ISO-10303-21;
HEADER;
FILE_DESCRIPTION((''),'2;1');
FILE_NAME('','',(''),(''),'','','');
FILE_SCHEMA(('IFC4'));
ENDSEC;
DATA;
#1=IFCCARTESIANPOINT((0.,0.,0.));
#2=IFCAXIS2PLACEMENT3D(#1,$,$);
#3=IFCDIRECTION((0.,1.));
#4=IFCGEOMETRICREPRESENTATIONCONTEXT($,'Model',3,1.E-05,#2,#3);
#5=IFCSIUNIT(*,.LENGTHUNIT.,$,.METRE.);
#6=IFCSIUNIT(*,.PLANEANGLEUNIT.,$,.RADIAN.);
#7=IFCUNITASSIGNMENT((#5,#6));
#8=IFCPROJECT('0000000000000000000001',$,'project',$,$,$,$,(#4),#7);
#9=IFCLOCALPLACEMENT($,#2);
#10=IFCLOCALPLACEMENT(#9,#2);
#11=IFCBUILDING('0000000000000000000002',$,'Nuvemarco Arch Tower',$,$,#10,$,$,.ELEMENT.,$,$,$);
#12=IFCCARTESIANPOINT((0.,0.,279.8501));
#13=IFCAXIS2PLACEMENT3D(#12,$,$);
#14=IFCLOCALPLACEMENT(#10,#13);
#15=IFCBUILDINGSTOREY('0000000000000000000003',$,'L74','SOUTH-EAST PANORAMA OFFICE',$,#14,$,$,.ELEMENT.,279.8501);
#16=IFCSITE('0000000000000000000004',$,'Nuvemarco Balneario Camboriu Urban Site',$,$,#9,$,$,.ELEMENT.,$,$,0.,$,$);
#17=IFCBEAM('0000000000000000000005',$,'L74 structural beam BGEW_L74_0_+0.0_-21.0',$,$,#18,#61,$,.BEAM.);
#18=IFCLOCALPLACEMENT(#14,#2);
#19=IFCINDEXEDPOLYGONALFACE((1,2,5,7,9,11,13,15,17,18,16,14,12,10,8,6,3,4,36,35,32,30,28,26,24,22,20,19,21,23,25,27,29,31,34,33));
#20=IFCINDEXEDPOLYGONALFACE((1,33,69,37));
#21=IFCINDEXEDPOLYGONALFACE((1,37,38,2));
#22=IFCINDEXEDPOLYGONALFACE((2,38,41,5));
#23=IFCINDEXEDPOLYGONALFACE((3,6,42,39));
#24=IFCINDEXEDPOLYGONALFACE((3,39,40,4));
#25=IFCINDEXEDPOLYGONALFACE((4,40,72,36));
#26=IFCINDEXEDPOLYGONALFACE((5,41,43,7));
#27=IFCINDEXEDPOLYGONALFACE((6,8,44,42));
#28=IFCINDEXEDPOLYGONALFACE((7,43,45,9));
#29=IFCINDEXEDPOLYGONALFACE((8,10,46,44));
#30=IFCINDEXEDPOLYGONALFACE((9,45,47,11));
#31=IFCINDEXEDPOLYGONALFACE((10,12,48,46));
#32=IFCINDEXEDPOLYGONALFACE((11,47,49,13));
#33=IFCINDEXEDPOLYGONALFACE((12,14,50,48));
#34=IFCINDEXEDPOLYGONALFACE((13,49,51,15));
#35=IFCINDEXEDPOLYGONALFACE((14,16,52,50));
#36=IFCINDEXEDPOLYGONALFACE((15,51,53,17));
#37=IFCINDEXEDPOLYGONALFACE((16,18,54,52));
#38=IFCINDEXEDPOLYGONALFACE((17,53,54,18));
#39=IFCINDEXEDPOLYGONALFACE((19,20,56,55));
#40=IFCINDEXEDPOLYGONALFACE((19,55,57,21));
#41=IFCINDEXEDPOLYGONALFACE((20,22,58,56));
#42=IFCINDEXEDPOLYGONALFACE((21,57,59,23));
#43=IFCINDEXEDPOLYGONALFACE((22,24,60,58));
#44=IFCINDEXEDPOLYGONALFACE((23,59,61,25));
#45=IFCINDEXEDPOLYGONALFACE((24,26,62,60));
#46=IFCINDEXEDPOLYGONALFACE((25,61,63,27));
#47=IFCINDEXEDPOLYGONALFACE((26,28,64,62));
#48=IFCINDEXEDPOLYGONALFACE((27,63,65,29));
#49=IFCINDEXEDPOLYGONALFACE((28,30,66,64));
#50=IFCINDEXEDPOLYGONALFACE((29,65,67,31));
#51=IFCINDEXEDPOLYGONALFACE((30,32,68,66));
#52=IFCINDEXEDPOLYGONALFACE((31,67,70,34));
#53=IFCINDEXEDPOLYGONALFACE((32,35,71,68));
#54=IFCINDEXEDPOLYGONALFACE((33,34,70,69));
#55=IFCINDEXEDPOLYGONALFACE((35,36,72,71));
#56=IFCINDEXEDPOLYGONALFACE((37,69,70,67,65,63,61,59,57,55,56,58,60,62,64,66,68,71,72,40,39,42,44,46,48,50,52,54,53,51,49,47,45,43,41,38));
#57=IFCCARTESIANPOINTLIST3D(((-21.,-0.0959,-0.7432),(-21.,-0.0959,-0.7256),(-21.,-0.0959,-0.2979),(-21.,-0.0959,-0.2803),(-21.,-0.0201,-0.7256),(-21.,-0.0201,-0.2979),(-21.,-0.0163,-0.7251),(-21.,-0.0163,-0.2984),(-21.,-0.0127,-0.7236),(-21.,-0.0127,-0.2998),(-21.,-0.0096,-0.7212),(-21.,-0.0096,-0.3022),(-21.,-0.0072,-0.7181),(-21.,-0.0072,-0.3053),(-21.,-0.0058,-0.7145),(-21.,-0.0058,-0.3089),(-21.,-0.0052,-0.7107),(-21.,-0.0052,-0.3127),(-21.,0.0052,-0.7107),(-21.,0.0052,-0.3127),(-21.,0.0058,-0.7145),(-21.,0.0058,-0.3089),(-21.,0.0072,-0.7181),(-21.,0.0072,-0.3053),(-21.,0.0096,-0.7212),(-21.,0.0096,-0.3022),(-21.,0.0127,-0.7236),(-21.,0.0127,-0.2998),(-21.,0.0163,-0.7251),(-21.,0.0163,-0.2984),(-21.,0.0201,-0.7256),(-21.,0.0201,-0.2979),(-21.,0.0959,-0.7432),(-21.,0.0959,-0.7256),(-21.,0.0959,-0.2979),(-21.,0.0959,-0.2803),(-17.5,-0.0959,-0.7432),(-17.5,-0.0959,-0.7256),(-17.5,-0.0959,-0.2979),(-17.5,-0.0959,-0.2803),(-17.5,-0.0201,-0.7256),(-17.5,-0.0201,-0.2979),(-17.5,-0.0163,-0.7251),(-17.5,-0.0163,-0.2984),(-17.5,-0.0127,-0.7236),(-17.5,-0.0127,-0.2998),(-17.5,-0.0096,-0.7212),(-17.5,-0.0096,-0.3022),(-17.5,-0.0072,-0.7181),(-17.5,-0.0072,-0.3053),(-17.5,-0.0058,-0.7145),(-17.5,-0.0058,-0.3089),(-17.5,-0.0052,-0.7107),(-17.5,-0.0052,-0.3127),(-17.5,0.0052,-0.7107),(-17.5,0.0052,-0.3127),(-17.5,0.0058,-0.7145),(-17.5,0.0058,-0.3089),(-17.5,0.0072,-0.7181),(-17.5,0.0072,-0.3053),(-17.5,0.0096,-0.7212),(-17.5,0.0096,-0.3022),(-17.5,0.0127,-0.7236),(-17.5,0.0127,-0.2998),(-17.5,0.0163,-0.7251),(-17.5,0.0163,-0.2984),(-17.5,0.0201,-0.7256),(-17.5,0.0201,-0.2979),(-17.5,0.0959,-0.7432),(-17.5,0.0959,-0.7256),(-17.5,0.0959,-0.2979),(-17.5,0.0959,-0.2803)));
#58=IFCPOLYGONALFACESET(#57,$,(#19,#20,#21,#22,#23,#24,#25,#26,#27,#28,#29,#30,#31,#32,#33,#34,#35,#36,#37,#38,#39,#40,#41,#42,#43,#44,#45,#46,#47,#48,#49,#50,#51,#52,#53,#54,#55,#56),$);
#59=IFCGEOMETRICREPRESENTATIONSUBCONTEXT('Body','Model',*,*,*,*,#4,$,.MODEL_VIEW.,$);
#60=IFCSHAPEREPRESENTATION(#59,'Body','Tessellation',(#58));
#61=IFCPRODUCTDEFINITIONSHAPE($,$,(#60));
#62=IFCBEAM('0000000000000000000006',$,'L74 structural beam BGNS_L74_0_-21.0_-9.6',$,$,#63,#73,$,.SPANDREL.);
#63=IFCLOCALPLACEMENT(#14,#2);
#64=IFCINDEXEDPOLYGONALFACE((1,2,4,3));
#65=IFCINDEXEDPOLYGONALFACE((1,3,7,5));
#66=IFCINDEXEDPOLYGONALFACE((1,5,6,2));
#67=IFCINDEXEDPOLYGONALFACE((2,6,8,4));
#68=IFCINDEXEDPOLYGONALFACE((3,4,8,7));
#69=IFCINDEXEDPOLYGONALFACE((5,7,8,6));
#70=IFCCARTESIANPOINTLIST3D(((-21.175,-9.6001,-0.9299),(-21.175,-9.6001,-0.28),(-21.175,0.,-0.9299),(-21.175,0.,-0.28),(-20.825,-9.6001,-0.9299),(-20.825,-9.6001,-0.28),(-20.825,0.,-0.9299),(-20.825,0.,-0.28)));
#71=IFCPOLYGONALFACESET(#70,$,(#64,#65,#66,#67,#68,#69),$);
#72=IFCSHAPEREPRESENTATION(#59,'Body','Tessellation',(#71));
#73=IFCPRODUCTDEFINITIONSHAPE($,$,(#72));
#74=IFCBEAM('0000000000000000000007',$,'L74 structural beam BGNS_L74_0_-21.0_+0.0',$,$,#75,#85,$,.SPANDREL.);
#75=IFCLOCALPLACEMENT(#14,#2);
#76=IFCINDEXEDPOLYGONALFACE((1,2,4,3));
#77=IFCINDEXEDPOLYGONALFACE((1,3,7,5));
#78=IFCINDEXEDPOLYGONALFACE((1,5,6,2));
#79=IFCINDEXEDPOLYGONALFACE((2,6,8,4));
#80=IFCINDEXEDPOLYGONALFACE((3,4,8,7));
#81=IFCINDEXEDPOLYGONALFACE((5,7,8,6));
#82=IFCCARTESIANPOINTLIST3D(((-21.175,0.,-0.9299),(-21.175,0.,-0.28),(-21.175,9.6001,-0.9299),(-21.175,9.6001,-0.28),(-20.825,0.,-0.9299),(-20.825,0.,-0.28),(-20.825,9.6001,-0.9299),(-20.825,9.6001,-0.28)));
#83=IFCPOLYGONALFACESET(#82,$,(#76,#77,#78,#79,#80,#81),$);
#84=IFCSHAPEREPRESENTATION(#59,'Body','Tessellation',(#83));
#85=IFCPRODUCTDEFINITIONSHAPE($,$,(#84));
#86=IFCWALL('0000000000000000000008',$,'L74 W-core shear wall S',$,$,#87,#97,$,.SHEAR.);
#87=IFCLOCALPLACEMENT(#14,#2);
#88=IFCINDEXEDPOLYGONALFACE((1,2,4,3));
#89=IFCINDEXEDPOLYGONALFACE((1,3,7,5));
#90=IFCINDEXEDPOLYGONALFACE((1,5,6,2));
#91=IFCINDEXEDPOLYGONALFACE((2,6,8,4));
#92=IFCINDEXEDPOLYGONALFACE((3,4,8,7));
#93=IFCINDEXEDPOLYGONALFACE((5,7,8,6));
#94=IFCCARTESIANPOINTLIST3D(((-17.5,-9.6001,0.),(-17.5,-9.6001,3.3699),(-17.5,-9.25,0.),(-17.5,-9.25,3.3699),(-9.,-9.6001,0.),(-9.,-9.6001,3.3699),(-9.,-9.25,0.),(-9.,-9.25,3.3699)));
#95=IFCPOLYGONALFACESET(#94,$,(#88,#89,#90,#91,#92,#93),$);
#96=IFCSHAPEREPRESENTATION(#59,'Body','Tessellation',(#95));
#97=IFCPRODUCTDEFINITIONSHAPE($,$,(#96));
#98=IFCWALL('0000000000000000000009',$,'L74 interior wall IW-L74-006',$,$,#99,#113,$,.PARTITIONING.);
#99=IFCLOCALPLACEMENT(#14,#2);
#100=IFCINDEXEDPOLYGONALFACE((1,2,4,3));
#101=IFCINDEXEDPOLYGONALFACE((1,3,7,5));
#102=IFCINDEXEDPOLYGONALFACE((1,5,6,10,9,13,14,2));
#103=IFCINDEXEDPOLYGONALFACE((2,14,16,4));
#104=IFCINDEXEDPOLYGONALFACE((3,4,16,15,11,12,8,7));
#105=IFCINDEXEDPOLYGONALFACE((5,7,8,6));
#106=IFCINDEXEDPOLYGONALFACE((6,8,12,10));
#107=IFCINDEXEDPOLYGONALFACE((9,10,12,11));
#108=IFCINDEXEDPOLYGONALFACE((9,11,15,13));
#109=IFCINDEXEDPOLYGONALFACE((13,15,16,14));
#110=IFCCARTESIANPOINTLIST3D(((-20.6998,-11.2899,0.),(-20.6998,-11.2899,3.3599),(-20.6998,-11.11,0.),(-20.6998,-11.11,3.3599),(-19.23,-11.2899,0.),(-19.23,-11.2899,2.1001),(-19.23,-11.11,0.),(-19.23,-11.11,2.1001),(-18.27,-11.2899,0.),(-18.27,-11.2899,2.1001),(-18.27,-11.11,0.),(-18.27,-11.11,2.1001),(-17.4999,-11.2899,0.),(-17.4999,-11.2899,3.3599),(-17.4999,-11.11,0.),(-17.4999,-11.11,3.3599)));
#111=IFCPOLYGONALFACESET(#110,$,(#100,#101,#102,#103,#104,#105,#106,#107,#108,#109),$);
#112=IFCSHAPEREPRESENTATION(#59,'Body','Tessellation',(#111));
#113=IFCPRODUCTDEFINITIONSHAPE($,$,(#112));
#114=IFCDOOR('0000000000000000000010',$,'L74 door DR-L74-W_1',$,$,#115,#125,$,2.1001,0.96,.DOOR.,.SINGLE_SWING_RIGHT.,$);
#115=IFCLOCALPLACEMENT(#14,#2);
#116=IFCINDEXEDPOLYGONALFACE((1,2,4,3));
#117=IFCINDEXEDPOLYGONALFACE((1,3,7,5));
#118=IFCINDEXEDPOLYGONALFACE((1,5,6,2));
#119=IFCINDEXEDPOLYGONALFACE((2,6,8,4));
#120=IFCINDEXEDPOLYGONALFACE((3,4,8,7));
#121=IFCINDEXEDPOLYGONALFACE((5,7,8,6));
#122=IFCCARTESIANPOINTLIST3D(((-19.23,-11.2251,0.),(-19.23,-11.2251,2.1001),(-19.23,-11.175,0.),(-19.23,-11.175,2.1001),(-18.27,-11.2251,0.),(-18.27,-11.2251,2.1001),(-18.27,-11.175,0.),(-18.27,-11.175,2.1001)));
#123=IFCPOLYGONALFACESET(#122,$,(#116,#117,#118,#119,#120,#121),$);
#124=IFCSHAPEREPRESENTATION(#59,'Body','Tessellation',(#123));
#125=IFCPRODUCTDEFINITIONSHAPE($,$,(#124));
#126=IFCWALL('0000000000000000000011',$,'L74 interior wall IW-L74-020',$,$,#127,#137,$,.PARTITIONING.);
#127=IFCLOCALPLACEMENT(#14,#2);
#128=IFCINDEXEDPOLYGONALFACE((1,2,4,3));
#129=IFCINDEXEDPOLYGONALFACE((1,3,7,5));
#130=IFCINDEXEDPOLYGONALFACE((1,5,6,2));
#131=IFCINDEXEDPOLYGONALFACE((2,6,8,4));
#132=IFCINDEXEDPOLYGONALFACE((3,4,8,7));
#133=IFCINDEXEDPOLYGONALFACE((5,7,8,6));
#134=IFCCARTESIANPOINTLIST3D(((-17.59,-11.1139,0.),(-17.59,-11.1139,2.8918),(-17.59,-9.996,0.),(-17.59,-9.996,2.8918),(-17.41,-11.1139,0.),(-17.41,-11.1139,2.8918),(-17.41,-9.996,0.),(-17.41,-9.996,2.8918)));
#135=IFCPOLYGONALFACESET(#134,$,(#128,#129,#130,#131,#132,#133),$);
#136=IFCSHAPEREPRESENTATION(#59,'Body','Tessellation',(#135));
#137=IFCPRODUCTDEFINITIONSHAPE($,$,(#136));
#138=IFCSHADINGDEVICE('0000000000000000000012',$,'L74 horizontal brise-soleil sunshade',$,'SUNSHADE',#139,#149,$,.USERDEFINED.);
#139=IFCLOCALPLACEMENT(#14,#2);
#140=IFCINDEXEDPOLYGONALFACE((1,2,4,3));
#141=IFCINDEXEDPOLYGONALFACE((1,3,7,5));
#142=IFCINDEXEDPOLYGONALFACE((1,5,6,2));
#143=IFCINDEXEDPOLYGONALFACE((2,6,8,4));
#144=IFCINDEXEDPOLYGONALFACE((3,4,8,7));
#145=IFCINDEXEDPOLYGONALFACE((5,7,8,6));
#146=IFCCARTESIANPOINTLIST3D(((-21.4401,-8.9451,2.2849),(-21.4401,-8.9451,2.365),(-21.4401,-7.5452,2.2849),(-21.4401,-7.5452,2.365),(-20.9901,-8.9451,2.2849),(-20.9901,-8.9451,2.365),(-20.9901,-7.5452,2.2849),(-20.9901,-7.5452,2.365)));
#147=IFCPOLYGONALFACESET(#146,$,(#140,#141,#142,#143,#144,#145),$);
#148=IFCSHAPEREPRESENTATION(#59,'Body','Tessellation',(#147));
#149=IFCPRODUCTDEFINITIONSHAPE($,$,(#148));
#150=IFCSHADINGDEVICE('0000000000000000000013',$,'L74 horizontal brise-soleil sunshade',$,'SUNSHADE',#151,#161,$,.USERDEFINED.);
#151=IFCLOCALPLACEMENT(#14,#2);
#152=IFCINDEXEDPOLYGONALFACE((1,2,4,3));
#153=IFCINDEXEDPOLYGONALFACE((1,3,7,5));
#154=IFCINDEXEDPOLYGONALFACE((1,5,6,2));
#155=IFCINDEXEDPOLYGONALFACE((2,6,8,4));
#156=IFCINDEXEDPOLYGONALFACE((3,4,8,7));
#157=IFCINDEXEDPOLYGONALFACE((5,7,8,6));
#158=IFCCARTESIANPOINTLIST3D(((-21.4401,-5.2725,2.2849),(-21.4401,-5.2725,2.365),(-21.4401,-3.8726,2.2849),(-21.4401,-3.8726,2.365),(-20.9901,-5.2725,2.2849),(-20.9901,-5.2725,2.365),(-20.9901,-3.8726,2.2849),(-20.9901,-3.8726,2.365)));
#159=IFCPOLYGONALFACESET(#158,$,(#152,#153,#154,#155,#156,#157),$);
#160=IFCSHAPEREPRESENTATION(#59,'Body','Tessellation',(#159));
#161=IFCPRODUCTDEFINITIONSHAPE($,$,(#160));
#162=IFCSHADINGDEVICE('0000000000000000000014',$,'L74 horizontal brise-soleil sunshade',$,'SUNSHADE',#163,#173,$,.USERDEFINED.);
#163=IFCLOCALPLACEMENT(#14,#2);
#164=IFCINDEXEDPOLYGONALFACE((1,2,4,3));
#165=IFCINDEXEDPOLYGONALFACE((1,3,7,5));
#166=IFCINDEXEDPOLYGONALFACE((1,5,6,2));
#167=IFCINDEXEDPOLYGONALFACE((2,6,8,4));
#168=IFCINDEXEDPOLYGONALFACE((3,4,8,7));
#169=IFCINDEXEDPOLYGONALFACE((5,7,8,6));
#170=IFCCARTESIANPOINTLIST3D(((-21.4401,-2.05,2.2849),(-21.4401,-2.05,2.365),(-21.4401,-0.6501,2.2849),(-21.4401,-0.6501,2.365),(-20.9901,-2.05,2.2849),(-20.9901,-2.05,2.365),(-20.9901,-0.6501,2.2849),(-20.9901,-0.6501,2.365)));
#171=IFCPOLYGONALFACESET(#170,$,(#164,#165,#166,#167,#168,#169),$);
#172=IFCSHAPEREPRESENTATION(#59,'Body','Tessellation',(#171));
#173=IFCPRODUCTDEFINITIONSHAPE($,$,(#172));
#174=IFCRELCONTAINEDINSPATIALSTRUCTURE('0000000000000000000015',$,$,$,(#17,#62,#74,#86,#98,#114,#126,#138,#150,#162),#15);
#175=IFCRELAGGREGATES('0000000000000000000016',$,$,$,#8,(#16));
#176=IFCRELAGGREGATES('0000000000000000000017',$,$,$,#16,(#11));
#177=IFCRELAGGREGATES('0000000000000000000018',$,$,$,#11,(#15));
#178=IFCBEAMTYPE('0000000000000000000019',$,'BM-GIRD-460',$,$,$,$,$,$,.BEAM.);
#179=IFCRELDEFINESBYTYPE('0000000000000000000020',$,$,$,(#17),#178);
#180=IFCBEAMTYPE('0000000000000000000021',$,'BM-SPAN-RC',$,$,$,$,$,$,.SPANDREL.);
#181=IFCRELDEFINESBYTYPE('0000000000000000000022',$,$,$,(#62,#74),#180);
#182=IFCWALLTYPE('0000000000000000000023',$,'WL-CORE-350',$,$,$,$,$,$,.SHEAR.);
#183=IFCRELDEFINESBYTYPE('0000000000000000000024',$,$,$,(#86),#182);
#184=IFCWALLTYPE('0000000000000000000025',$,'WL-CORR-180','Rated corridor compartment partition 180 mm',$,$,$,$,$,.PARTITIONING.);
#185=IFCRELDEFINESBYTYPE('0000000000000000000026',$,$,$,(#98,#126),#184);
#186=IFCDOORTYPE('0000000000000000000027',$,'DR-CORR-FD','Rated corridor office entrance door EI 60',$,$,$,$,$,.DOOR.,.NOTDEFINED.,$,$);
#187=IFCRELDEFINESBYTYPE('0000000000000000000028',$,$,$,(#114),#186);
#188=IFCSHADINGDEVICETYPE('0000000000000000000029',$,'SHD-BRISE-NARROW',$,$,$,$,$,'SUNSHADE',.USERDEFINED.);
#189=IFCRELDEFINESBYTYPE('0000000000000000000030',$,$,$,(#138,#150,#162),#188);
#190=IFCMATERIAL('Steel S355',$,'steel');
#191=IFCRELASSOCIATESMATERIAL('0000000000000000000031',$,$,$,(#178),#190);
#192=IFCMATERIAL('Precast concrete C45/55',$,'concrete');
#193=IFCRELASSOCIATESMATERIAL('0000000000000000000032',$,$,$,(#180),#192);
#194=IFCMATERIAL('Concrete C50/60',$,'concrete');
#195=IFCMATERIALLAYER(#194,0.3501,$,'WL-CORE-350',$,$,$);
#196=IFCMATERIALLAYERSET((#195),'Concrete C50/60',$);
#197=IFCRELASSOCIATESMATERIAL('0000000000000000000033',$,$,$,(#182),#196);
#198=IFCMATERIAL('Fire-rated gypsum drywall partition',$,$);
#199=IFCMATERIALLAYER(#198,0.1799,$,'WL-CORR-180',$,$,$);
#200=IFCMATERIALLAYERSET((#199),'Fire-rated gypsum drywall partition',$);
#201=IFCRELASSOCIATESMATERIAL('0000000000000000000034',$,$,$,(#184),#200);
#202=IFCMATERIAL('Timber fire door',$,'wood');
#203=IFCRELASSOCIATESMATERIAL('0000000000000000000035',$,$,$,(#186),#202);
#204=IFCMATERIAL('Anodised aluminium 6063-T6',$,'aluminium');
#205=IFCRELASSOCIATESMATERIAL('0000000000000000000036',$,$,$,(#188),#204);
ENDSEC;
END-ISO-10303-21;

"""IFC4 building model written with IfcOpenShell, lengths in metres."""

from ifc_helpers import new_model, si_unit, direction, frame, frame_2d, origin, origin_2d, place, context, subcontext, project, spatial, rectangle, i_section, extrude, source, transform, mapped, material, layer, layer_set, material_profile, profile_set, type_object, type_shapes, element, fill, save


model = new_model("IFC4")

# Units and contexts
model_context = context("Model", 3, precision=1e-05, world=origin(), true_north=direction((0.0, 1.0)))
body_context = subcontext(model_context, "Body", "Model", "MODEL_VIEW")
ifc_project = project(units=[si_unit("LENGTHUNIT", "METRE"), si_unit("PLANEANGLEUNIT", "RADIAN")], contexts=[model_context])

# Site, building, storey
site_placement = place(None, origin())
site = spatial("IfcSite", under=ifc_project, at=site_placement, Name="Nuvemarco Balneario Camboriu Urban Site", CompositionType="ELEMENT", RefElevation=0.0)
building_placement = place(site_placement, origin())
building = spatial("IfcBuilding", under=site, at=building_placement, Name="Nuvemarco Arch Tower", CompositionType="ELEMENT")
storey_placement = place(building_placement, frame((0.0, 0.0, 279.8501)))
storey = spatial("IfcBuildingStorey", under=building, at=storey_placement, Name="L74", Description="SOUTH-EAST PANORAMA OFFICE", CompositionType="ELEMENT", Elevation=279.8501)

# Shared definitions
ifc_material_1 = material(Name="Concrete C50/60", Category="concrete")
ifc_material_2 = material(Name="Steel S355", Category="steel")

# Beams
ifc_material_profile_1 = material_profile(ifc_material_2, i_section(OverallWidth=0.1919, OverallDepth=0.4629, WebThickness=0.0105, FlangeThickness=0.0176, FilletRadius=0.0149, at=origin_2d()), Name="W460x89")
ifc_profile_set_1 = profile_set([ifc_material_profile_1], Name="Steel S355")
beam_type_1 = type_object("IfcBeamType", Name="BM-GIRD-460", PredefinedType="BEAM", material=ifc_profile_set_1)
beam_1_placement = place(storey_placement, frame((-21.0, 0.0, -0.5117), z_axis=(1.0, 0.0, 0.0), x_axis=(0.0, 1.0, 0.0)))
element("IfcBeam", 1, at=beam_1_placement, inside=storey, type_object=beam_type_1, Name="L74 structural beam BGEW_L74_0_+0.0_-21.0", PredefinedType="BEAM", context=body_context, shape_type="SweptSolid", body=[
    extrude(i_section(OverallWidth=0.1919, OverallDepth=0.4629, WebThickness=0.0105, FlangeThickness=0.0176, FilletRadius=0.0149, at=origin_2d()), origin(), (0.0, 0.0, 1.0), 3.5),
])
ifc_material_3 = material(Name="Precast concrete C45/55", Category="concrete")
ifc_material_profile_2 = material_profile(ifc_material_3, rectangle(XDim=0.3501, YDim=0.6499, at=origin_2d()), Name="PC-SP-350x650")
ifc_profile_set_2 = profile_set([ifc_material_profile_2], Name="Precast concrete C45/55")
beam_type_2 = type_object("IfcBeamType", Name="BM-SPAN-RC", PredefinedType="SPANDREL", material=ifc_profile_set_2)
for number, where, z_axis, x_axis, name in (
    (2, (-21.0, -9.6001, -0.605), (0.0, 1.0, 0.0), (-1.0, 0.0, 0.0), "L74 structural beam BGNS_L74_0_-21.0_-9.6"),
    (3, (-21.0, 0.0, -0.605), (0.0, 1.0, 0.0), (-1.0, 0.0, 0.0), "L74 structural beam BGNS_L74_0_-21.0_+0.0"),
):
    element("IfcBeam", number, at=place(storey_placement, frame(where, z_axis=z_axis, x_axis=x_axis)), inside=storey, type_object=beam_type_2, Name=name, PredefinedType="SPANDREL", context=body_context, shape_type="SweptSolid", body=[
        extrude(rectangle(XDim=0.3501, YDim=0.6499, at=origin_2d()), origin(), (0.0, 0.0, 1.0), 9.6001),
    ])

# Wall
ifc_layer_1 = layer(ifc_material_1, 0.3501, Name="WL-CORE-350")
ifc_layer_set_1 = layer_set([ifc_layer_1], Name="Concrete C50/60")
wall_type_1 = type_object("IfcWallType", Name="WL-CORE-350", PredefinedType="SHEAR", material=ifc_layer_set_1)
wall_1_placement = place(storey_placement, frame((-17.5, -9.425, 0.0), z_axis=(0.0, 0.0, 1.0), x_axis=(1.0, 0.0, 0.0)))
element("IfcWall", 4, at=wall_1_placement, inside=storey, type_object=wall_type_1, Name="L74 W-core shear wall S", PredefinedType="SHEAR", context=body_context, shape_type="SweptSolid", body=[
    extrude(rectangle(XDim=8.5, YDim=0.3501, at=frame_2d((4.25, 0.0))), origin(), (0.0, 0.0, 1.0), 3.3699),
])

# Wall, opening, door
ifc_material_4 = material(Name="Fire-rated gypsum drywall partition")
ifc_layer_2 = layer(ifc_material_4, 0.1799, Name="WL-CORR-180")
ifc_layer_set_2 = layer_set([ifc_layer_2], Name="Fire-rated gypsum drywall partition")
wall_type_2 = type_object("IfcWallType", Name="WL-CORR-180", Description="Rated corridor compartment partition 180 mm", PredefinedType="PARTITIONING", material=ifc_layer_set_2)
wall_2_placement = place(storey_placement, frame((-20.7, -11.2, 0.0), z_axis=(0.0, 0.0, 1.0), x_axis=(1.0, 0.0, 0.0)))
wall_2 = element("IfcWall", 5, at=wall_2_placement, inside=storey, type_object=wall_type_2, Name="L74 interior wall IW-L74-006", PredefinedType="PARTITIONING", context=body_context, shape_type="SweptSolid", body=[
    extrude(rectangle(XDim=3.2, YDim=0.1799, at=frame_2d((1.6001, 0.0))), origin(), (0.0, 0.0, 1.0), 3.3599),
])
opening_placement = place(wall_2_placement, frame((1.47, 0.0, 0.0)))
opening = element("IfcOpeningElement", 6, at=opening_placement, cuts=wall_2, PredefinedType="OPENING", context=body_context, shape_type="SweptSolid", body=[
    extrude(rectangle(XDim=0.96, YDim=2.1001, at=frame_2d((0.48, 1.05))), frame((0.0, 0.0999, 0.0), z_axis=(0.0, -1.0, 0.0), x_axis=(1.0, 0.0, 0.0)), (0.0, 0.0, 1.0), 0.2),
])
ifc_material_5 = material(Name="Timber fire door", Category="wood")
door_type = type_object("IfcDoorType", Name="DR-CORR-FD", Description="Rated corridor office entrance door EI 60", OperationType="NOTDEFINED", PredefinedType="DOOR", material=ifc_material_5)
shared_shape_1 = source(origin(), body_context, "Body", "SweptSolid", [
    extrude(rectangle(XDim=0.96, YDim=2.1001, at=frame_2d((0.48, 1.05))), frame((0.0, 0.0249, 0.0), z_axis=(0.0, -1.0, 0.0), x_axis=(1.0, 0.0, 0.0)), (0.0, 0.0, 1.0), 0.05),
])
type_shapes(door_type, [shared_shape_1])
door_placement = place(opening_placement, origin())
door = element("IfcDoor", 7, at=door_placement, inside=storey, type_object=door_type, Name="L74 door DR-L74-W_1", OperationType="SINGLE_SWING_RIGHT", OverallHeight=2.1001, OverallWidth=0.96, PredefinedType="DOOR", context=body_context, shape_type="MappedRepresentation", body=[
    mapped(shared_shape_1, transform((0.0, 0.0, 0.0), scale=1.0)),
])
fill(opening, door)

# Wall
wall_3_placement = place(storey_placement, frame((-17.5, -11.114, 0.0), z_axis=(0.0, 0.0, 1.0), x_axis=(0.0, 1.0, 0.0)))
element("IfcWall", 8, at=wall_3_placement, inside=storey, type_object=wall_type_2, Name="L74 interior wall IW-L74-020", PredefinedType="PARTITIONING", context=body_context, shape_type="SweptSolid", body=[
    extrude(rectangle(XDim=1.1179, YDim=0.1799, at=frame_2d((0.5591, 0.0))), origin(), (0.0, 0.0, 1.0), 2.8918),
])

# Shading devices
ifc_material_6 = material(Name="Anodised aluminium 6063-T6", Category="aluminium")
shading_device_type = type_object("IfcShadingDeviceType", Name="SHD-BRISE-NARROW", ElementType="SUNSHADE", PredefinedType="USERDEFINED", material=ifc_material_6)
shared_shape_2 = source(origin(), body_context, "Body", "SweptSolid", [
    extrude(rectangle(XDim=1.3999, YDim=0.45, at=origin_2d()), origin(), (0.0, 0.0, 1.0), 0.0801),
])
type_shapes(shading_device_type, [shared_shape_2])
for number, where, z_axis, x_axis, name in (
    (9, (-21.2151, -8.2451, 2.2849), (0.0, 0.0, 1.0), (0.0, 1.0, 0.0), "L74 horizontal brise-soleil sunshade"),
    (10, (-21.2151, -4.5725, 2.2849), (0.0, 0.0, 1.0), (0.0, 1.0, 0.0), "L74 horizontal brise-soleil sunshade"),
    (11, (-21.2151, -1.3501, 2.2849), (0.0, 0.0, 1.0), (0.0, 1.0, 0.0), "L74 horizontal brise-soleil sunshade"),
):
    element("IfcShadingDevice", number, at=place(storey_placement, frame(where, z_axis=z_axis, x_axis=x_axis)), inside=storey, type_object=shading_device_type, Name=name, ObjectType="SUNSHADE", PredefinedType="USERDEFINED", context=body_context, shape_type="MappedRepresentation", body=[
        mapped(shared_shape_2, transform((0.0, 0.0, 0.0), scale=1.0)),
    ])

save(model, "model.ifc")
